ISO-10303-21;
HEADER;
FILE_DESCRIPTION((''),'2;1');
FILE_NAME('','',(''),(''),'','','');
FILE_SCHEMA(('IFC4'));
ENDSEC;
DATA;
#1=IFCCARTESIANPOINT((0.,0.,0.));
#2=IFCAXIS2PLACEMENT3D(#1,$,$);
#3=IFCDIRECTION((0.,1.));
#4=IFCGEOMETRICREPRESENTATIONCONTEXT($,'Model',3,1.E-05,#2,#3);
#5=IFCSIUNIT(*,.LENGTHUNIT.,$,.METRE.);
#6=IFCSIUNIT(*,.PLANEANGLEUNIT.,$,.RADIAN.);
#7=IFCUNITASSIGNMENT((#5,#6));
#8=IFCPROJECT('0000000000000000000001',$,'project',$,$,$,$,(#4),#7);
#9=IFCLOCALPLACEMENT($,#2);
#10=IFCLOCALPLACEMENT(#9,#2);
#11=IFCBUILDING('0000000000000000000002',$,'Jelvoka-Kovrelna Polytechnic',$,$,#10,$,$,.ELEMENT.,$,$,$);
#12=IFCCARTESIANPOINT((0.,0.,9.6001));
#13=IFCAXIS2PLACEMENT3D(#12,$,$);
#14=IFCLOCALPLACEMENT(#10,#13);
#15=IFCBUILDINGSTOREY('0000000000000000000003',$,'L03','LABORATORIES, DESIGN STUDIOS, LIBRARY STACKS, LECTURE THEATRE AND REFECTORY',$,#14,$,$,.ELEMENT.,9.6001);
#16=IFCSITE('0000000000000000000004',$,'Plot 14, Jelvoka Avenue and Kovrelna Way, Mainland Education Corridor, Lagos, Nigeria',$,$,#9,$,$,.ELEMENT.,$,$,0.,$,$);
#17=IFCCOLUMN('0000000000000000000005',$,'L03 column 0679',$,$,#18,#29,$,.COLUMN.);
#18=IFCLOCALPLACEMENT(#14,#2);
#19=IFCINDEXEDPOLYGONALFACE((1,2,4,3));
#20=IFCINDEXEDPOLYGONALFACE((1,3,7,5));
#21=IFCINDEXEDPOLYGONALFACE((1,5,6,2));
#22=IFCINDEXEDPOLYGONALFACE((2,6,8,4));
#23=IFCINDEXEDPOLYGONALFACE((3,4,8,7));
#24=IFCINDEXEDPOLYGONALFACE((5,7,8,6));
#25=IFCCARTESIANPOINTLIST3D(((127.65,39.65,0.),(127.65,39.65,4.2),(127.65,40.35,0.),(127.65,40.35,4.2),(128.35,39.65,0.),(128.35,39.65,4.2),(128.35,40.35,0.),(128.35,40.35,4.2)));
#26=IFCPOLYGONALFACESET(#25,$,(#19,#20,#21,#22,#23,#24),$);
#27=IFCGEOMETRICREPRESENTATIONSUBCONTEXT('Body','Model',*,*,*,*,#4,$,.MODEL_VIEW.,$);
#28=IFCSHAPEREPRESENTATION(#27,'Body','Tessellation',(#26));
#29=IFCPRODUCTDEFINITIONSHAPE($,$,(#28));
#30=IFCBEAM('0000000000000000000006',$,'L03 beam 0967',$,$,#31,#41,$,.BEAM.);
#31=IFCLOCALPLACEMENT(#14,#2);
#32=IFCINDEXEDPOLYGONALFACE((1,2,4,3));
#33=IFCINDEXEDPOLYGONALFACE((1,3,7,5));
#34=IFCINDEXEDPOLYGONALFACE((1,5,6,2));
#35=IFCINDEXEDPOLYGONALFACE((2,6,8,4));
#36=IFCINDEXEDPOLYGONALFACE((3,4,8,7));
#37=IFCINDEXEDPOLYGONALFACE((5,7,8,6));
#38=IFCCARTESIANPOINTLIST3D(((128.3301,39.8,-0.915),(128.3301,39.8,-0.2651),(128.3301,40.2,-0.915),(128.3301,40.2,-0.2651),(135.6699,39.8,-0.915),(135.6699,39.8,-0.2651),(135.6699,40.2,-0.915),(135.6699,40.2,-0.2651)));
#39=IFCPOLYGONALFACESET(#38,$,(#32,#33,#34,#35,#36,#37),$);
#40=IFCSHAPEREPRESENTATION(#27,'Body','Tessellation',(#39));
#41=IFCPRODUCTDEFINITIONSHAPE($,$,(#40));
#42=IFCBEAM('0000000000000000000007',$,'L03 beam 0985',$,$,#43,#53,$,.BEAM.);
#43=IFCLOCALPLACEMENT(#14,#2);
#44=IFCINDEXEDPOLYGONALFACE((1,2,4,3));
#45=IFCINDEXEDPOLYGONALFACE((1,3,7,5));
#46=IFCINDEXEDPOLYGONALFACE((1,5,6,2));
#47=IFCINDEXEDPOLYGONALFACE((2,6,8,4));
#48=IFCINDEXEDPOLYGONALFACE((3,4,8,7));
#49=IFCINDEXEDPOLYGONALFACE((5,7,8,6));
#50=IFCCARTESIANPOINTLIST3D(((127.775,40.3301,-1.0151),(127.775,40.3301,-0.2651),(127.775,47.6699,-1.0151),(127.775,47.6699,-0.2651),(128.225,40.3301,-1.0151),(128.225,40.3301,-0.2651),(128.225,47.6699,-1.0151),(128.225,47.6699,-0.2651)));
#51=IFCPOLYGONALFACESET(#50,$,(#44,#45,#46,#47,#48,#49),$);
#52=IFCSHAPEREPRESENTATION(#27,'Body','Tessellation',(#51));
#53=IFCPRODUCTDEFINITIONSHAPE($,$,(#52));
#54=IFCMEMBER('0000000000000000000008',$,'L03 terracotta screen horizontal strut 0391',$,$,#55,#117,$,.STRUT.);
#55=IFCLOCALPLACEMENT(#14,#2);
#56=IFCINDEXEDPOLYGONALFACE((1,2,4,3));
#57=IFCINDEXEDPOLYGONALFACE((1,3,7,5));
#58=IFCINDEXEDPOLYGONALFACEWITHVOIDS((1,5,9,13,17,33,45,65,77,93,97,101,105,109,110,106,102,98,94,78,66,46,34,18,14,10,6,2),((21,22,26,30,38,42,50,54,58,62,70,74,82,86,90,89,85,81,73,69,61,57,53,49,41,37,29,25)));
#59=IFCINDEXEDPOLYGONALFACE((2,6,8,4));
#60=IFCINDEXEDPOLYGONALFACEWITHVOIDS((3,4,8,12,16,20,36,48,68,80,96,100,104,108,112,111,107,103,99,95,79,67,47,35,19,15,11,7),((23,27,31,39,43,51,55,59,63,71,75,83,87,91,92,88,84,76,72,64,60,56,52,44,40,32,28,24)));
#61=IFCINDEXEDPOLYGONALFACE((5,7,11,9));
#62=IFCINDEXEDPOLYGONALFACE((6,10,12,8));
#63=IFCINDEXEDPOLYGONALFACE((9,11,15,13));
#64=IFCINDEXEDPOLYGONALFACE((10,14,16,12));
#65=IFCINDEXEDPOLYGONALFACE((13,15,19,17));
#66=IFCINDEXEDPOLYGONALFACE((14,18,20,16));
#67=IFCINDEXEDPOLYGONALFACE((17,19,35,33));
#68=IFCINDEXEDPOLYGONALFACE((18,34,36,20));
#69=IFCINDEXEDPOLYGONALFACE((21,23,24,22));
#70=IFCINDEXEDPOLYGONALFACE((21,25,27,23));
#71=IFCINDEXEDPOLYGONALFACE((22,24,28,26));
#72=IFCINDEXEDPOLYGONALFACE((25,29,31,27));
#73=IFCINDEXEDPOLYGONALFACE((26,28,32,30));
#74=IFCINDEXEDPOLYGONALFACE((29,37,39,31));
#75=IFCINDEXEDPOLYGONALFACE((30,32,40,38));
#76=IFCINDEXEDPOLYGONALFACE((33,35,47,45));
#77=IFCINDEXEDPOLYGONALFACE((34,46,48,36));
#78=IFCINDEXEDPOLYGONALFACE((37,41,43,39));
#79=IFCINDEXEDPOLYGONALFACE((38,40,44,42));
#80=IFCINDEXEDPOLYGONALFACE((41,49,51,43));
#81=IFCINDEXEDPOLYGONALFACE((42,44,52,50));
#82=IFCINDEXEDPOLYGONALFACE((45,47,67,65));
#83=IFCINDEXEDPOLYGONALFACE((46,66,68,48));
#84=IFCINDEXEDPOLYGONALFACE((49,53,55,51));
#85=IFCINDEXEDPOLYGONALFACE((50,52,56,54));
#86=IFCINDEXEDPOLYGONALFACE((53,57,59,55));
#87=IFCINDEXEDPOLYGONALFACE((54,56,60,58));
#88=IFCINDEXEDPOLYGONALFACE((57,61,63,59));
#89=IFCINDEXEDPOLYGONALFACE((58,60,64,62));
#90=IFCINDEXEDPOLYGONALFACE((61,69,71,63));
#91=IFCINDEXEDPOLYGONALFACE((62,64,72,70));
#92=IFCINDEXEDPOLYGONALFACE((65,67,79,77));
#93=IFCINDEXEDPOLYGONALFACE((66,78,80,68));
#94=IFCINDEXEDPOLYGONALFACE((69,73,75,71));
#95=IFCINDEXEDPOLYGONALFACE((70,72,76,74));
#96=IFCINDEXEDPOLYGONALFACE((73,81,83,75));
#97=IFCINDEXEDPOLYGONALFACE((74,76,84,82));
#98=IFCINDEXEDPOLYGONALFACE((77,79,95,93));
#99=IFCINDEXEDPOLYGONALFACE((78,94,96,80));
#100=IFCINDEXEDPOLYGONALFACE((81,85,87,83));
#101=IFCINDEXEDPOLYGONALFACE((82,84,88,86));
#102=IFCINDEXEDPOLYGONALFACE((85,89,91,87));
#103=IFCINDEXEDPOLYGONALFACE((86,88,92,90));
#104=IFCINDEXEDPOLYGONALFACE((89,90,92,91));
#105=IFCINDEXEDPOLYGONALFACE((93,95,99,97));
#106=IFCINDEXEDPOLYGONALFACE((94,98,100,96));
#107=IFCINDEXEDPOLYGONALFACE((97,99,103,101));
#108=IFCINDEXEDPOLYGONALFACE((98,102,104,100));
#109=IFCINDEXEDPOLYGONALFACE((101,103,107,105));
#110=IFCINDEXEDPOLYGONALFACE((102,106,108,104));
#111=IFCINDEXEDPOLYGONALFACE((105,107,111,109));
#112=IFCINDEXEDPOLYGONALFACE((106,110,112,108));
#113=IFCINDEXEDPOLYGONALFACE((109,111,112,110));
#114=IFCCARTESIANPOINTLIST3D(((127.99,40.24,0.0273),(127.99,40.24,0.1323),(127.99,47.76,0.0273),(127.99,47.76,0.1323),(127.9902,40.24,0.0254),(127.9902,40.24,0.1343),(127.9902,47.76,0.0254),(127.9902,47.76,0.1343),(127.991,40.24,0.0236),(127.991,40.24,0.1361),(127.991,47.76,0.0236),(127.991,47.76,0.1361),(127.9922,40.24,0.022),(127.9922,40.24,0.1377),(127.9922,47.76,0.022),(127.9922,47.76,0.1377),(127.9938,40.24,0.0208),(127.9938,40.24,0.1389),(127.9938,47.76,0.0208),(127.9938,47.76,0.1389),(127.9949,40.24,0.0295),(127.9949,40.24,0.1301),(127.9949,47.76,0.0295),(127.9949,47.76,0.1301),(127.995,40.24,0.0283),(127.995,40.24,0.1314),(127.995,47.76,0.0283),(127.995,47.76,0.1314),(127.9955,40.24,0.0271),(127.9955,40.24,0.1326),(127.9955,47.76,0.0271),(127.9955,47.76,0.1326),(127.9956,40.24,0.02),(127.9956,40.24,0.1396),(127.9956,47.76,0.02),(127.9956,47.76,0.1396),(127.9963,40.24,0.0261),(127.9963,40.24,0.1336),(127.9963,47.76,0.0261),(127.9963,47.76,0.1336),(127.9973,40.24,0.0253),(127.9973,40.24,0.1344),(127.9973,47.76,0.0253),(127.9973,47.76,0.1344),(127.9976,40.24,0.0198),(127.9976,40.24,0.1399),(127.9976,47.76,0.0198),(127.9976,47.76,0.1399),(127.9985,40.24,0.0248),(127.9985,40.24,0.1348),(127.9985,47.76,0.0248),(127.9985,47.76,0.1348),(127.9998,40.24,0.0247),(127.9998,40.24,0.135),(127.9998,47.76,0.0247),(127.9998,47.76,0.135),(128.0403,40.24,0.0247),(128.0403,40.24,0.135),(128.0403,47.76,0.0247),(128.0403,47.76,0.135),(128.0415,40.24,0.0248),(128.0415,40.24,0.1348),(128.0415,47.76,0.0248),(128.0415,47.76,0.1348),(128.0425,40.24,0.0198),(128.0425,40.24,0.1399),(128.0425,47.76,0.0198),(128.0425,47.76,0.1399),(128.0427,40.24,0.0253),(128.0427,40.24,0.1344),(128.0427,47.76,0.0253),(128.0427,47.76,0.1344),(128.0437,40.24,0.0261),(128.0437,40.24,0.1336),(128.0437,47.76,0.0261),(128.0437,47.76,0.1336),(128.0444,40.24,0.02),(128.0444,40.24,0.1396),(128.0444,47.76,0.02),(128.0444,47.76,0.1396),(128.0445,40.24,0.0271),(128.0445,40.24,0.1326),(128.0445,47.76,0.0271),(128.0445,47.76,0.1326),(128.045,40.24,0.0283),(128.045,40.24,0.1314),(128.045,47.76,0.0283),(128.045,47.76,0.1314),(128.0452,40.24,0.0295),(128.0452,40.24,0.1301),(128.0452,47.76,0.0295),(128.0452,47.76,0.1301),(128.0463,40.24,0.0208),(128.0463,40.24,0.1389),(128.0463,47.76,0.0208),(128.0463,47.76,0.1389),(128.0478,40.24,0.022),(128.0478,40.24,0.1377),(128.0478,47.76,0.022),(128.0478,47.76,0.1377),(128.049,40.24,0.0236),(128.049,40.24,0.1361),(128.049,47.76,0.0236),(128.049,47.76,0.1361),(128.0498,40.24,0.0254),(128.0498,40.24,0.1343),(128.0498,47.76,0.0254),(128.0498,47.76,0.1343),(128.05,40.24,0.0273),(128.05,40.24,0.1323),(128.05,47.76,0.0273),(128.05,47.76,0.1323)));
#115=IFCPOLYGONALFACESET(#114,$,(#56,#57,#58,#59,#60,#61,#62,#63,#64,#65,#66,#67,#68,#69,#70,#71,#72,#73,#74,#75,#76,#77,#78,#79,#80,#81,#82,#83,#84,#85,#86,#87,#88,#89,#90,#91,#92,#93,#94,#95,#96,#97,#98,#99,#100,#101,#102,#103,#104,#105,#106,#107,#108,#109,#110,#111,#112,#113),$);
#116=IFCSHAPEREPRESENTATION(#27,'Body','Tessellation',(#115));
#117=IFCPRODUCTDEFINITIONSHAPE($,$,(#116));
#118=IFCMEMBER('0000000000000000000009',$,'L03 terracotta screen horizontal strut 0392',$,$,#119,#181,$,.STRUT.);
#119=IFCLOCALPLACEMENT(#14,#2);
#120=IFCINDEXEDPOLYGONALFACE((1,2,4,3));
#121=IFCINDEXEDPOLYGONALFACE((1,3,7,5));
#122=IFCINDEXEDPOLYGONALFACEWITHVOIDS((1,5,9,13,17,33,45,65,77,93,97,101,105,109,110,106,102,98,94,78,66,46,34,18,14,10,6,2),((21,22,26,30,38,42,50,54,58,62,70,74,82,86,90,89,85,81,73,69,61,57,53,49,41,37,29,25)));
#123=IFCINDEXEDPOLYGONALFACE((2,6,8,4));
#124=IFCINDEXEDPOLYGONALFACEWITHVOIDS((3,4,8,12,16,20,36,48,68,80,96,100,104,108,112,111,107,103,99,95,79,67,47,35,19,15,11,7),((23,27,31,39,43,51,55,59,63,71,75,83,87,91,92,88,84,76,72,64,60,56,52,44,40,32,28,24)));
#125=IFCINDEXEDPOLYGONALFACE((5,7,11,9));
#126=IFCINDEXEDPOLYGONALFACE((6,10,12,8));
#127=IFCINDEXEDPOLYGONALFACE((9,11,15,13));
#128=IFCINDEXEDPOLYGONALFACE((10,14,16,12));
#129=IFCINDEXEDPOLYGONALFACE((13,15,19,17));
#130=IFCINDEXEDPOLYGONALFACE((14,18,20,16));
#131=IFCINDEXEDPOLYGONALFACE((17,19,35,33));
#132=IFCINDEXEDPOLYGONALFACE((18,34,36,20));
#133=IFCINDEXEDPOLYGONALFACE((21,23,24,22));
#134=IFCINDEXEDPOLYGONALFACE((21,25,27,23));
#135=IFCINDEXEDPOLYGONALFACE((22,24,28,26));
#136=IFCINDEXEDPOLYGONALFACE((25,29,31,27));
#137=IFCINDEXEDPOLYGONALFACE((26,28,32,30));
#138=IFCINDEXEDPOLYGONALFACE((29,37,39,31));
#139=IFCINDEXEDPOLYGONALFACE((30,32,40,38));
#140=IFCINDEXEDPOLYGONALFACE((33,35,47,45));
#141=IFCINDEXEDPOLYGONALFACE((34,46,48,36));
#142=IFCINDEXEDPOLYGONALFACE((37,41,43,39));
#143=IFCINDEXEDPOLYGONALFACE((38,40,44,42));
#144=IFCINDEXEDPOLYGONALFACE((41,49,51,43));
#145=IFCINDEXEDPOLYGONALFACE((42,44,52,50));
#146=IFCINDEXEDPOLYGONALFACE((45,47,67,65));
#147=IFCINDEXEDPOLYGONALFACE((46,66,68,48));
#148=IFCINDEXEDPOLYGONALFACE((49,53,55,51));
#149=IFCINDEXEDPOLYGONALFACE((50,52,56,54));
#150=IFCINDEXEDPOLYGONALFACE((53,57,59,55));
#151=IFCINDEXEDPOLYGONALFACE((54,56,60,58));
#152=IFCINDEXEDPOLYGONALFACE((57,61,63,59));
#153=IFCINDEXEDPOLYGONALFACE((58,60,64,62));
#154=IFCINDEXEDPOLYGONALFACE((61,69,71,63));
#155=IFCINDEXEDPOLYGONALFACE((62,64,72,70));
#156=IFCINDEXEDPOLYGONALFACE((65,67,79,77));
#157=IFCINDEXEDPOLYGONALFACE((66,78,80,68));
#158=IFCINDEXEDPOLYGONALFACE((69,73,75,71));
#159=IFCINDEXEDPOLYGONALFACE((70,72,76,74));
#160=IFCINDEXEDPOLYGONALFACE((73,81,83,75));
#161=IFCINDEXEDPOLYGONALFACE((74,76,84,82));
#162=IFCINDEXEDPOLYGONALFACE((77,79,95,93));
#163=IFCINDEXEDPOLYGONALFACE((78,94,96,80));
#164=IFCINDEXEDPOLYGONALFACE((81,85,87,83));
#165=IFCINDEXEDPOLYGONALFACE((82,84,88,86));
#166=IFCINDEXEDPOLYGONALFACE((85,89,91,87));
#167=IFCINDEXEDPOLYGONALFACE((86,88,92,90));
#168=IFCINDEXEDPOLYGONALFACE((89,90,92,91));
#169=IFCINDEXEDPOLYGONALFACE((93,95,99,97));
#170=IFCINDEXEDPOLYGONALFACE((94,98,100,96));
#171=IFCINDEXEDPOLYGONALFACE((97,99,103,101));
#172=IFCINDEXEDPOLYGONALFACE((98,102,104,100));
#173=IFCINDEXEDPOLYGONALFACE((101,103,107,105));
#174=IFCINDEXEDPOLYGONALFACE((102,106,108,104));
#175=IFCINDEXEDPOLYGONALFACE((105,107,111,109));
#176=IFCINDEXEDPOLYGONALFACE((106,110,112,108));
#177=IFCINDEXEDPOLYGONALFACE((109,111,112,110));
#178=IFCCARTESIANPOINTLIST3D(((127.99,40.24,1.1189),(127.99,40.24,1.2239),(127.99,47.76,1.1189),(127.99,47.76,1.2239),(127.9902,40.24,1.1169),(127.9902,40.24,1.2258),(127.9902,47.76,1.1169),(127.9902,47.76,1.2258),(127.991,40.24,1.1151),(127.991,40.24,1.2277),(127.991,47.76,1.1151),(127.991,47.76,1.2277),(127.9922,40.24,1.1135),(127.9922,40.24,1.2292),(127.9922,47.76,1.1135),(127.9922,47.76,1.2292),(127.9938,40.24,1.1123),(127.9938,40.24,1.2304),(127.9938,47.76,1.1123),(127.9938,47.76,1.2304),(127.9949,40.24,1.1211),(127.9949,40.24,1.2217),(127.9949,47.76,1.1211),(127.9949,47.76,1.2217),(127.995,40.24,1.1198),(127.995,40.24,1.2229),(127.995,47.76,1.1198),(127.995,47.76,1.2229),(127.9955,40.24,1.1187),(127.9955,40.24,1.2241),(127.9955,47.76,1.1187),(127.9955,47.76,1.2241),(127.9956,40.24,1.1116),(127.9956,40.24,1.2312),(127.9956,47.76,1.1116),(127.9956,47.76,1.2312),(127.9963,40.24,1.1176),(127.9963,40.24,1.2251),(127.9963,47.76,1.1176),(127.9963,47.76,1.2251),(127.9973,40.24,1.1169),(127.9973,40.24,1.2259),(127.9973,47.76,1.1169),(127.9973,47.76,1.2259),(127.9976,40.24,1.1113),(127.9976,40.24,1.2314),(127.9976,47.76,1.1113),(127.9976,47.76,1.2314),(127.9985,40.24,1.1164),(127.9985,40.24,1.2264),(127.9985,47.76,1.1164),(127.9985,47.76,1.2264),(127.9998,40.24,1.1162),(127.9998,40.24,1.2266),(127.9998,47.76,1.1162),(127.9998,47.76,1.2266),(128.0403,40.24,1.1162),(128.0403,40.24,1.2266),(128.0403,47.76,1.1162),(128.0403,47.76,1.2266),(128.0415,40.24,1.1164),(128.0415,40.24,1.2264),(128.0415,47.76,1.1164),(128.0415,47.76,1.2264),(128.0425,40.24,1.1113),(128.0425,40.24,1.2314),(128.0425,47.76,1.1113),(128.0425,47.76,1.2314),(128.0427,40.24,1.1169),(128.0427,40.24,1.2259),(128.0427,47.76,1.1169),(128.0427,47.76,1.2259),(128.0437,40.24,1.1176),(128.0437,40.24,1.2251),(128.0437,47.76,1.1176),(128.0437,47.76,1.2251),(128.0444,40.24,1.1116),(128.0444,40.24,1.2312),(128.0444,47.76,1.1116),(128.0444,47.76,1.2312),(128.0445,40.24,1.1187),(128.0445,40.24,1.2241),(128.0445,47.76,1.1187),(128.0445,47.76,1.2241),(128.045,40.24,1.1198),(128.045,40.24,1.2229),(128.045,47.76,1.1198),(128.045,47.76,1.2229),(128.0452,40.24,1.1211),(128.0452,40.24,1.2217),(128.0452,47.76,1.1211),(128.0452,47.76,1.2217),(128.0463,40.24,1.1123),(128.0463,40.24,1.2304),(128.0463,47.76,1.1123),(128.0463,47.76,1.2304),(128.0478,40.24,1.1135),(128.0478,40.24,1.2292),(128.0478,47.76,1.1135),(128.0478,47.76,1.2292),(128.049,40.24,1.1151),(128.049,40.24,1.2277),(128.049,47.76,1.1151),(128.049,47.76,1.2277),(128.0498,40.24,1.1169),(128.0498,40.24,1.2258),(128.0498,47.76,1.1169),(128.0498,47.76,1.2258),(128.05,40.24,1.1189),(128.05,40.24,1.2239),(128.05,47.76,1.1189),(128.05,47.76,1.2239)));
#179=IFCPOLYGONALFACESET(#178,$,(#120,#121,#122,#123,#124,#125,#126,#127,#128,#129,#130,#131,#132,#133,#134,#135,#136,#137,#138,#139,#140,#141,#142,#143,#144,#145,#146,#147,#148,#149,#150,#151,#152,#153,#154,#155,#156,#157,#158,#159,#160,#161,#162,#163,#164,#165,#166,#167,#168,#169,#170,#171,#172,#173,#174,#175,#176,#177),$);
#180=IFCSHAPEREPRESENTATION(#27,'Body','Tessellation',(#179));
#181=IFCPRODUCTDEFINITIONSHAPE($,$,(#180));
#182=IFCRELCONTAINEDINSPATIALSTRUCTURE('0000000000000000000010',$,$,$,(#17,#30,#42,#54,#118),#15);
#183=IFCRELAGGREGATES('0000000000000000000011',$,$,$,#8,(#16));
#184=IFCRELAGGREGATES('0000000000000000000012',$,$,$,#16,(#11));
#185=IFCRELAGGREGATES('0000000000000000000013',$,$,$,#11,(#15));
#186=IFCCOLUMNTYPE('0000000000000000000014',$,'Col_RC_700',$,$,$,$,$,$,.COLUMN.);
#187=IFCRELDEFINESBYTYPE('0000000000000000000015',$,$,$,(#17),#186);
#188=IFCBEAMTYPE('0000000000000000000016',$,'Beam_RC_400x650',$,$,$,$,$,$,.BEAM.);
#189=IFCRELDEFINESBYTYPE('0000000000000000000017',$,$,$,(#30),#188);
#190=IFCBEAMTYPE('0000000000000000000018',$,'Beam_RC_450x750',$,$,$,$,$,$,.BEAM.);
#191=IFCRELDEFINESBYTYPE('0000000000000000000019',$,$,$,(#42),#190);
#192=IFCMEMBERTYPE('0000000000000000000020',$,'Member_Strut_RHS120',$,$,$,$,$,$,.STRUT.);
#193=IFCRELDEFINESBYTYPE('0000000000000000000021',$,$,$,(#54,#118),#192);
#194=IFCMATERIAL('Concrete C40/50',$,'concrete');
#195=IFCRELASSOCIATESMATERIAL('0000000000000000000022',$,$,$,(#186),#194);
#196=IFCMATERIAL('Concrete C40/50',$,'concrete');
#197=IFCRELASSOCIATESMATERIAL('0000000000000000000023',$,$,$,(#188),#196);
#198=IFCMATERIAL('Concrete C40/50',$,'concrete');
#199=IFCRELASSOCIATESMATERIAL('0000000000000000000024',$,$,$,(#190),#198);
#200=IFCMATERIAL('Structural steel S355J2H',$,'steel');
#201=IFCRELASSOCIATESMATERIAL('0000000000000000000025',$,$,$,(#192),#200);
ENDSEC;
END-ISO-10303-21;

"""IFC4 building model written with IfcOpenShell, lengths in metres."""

from ifc_helpers import new_model, si_unit, direction, frame, origin, origin_2d, place, context, subcontext, project, spatial, rectangle, hollow_rectangle, extrude, material, material_profile, profile_set, type_object, element, save


model = new_model("IFC4")

# Units and contexts
model_context = context("Model", 3, precision=1e-05, world=origin(), true_north=direction((0.0, 1.0)))
body_context = subcontext(model_context, "Body", "Model", "MODEL_VIEW")
ifc_project = project(units=[si_unit("LENGTHUNIT", "METRE"), si_unit("PLANEANGLEUNIT", "RADIAN")], contexts=[model_context])

# Site, building, storey
site_placement = place(None, origin())
site = spatial("IfcSite", under=ifc_project, at=site_placement, Name="Plot 14, Jelvoka Avenue and Kovrelna Way, Mainland Education Corridor, Lagos, Nigeria", CompositionType="ELEMENT", RefElevation=0.0)
building_placement = place(site_placement, origin())
building = spatial("IfcBuilding", under=site, at=building_placement, Name="Jelvoka-Kovrelna Polytechnic", CompositionType="ELEMENT")
storey_placement = place(building_placement, frame((0.0, 0.0, 9.6001)))
storey = spatial("IfcBuildingStorey", under=building, at=storey_placement, Name="L03", Description="LABORATORIES, DESIGN STUDIOS, LIBRARY STACKS, LECTURE THEATRE AND REFECTORY", CompositionType="ELEMENT", Elevation=9.6001)

# Column
ifc_material_1 = material(Name="Concrete C40/50", Category="concrete")
ifc_material_profile_1 = material_profile(ifc_material_1, rectangle(XDim=0.7, YDim=0.7, at=origin_2d()), Name="RC 700x700")
ifc_profile_set_1 = profile_set([ifc_material_profile_1], Name="Concrete C40/50")
column_type = type_object("IfcColumnType", Name="Col_RC_700", PredefinedType="COLUMN", material=ifc_profile_set_1)
column_placement = place(storey_placement, frame((128.0, 40.0, 0.0), z_axis=(0.0, 0.0, 1.0), x_axis=(1.0, 0.0, 0.0)))
element("IfcColumn", 1, at=column_placement, inside=storey, type_object=column_type, Name="L03 column 0679", PredefinedType="COLUMN", context=body_context, shape_type="SweptSolid", body=[
    extrude(rectangle(XDim=0.7, YDim=0.7, at=origin_2d()), origin(), (0.0, 0.0, 1.0), 4.2),
])

# Beams
ifc_material_2 = material(Name="Concrete C40/50", Category="concrete")
ifc_material_profile_2 = material_profile(ifc_material_2, rectangle(XDim=0.3999, YDim=0.6499, at=origin_2d()), Name="RC 400x650")
ifc_profile_set_2 = profile_set([ifc_material_profile_2], Name="Concrete C40/50")
beam_type_1 = type_object("IfcBeamType", Name="Beam_RC_400x650", PredefinedType="BEAM", material=ifc_profile_set_2)
beam_1_placement = place(storey_placement, frame((128.3301, 40.0, -0.5901), z_axis=(1.0, 0.0, 0.0), x_axis=(0.0, 1.0, 0.0)))
element("IfcBeam", 2, at=beam_1_placement, inside=storey, type_object=beam_type_1, Name="L03 beam 0967", PredefinedType="BEAM", context=body_context, shape_type="SweptSolid", body=[
    extrude(rectangle(XDim=0.3999, YDim=0.6499, at=origin_2d()), origin(), (0.0, 0.0, 1.0), 7.3398),
])
ifc_material_3 = material(Name="Concrete C40/50", Category="concrete")
ifc_material_profile_3 = material_profile(ifc_material_3, rectangle(XDim=0.45, YDim=0.75, at=origin_2d()), Name="RC 450x750")
ifc_profile_set_3 = profile_set([ifc_material_profile_3], Name="Concrete C40/50")
beam_type_2 = type_object("IfcBeamType", Name="Beam_RC_450x750", PredefinedType="BEAM", material=ifc_profile_set_3)
beam_2_placement = place(storey_placement, frame((128.0, 40.3301, -0.6401), z_axis=(0.0, 1.0, 0.0), x_axis=(-1.0, 0.0, 0.0)))
element("IfcBeam", 3, at=beam_2_placement, inside=storey, type_object=beam_type_2, Name="L03 beam 0985", PredefinedType="BEAM", context=body_context, shape_type="SweptSolid", body=[
    extrude(rectangle(XDim=0.45, YDim=0.75, at=origin_2d()), origin(), (0.0, 0.0, 1.0), 7.3398),
])

# Members
ifc_material_4 = material(Name="Structural steel S355J2H", Category="steel")
ifc_material_profile_4 = material_profile(ifc_material_4, hollow_rectangle(XDim=0.0601, YDim=0.1201, WallThickness=0.0049, InnerFilletRadius=0.0049, OuterFilletRadius=0.0076, at=origin_2d()), Name="120x60x5.0 RHS")
ifc_profile_set_4 = profile_set([ifc_material_profile_4], Name="Structural steel S355J2H")
member_type_1 = type_object("IfcMemberType", Name="Member_Strut_RHS120", PredefinedType="STRUT", material=ifc_profile_set_4)
for number, where, z_axis, x_axis, name in (
    (4, (128.02, 40.24, 0.0798), (0.0, 1.0, 0.0), (-1.0, 0.0, 0.0), "L03 terracotta screen horizontal strut 0391"),
    (5, (128.02, 40.24, 1.1714), (0.0, 1.0, 0.0), (-1.0, 0.0, 0.0), "L03 terracotta screen horizontal strut 0392"),
):
    element("IfcMember", number, at=place(storey_placement, frame(where, z_axis=z_axis, x_axis=x_axis)), inside=storey, type_object=member_type_1, Name=name, PredefinedType="STRUT", context=body_context, shape_type="SweptSolid", body=[
        extrude(hollow_rectangle(XDim=0.0601, YDim=0.1201, WallThickness=0.0049, InnerFilletRadius=0.0049, OuterFilletRadius=0.0076, at=origin_2d()), origin(), (0.0, 0.0, 1.0), 7.52),
    ])

save(model, "model.ifc")
